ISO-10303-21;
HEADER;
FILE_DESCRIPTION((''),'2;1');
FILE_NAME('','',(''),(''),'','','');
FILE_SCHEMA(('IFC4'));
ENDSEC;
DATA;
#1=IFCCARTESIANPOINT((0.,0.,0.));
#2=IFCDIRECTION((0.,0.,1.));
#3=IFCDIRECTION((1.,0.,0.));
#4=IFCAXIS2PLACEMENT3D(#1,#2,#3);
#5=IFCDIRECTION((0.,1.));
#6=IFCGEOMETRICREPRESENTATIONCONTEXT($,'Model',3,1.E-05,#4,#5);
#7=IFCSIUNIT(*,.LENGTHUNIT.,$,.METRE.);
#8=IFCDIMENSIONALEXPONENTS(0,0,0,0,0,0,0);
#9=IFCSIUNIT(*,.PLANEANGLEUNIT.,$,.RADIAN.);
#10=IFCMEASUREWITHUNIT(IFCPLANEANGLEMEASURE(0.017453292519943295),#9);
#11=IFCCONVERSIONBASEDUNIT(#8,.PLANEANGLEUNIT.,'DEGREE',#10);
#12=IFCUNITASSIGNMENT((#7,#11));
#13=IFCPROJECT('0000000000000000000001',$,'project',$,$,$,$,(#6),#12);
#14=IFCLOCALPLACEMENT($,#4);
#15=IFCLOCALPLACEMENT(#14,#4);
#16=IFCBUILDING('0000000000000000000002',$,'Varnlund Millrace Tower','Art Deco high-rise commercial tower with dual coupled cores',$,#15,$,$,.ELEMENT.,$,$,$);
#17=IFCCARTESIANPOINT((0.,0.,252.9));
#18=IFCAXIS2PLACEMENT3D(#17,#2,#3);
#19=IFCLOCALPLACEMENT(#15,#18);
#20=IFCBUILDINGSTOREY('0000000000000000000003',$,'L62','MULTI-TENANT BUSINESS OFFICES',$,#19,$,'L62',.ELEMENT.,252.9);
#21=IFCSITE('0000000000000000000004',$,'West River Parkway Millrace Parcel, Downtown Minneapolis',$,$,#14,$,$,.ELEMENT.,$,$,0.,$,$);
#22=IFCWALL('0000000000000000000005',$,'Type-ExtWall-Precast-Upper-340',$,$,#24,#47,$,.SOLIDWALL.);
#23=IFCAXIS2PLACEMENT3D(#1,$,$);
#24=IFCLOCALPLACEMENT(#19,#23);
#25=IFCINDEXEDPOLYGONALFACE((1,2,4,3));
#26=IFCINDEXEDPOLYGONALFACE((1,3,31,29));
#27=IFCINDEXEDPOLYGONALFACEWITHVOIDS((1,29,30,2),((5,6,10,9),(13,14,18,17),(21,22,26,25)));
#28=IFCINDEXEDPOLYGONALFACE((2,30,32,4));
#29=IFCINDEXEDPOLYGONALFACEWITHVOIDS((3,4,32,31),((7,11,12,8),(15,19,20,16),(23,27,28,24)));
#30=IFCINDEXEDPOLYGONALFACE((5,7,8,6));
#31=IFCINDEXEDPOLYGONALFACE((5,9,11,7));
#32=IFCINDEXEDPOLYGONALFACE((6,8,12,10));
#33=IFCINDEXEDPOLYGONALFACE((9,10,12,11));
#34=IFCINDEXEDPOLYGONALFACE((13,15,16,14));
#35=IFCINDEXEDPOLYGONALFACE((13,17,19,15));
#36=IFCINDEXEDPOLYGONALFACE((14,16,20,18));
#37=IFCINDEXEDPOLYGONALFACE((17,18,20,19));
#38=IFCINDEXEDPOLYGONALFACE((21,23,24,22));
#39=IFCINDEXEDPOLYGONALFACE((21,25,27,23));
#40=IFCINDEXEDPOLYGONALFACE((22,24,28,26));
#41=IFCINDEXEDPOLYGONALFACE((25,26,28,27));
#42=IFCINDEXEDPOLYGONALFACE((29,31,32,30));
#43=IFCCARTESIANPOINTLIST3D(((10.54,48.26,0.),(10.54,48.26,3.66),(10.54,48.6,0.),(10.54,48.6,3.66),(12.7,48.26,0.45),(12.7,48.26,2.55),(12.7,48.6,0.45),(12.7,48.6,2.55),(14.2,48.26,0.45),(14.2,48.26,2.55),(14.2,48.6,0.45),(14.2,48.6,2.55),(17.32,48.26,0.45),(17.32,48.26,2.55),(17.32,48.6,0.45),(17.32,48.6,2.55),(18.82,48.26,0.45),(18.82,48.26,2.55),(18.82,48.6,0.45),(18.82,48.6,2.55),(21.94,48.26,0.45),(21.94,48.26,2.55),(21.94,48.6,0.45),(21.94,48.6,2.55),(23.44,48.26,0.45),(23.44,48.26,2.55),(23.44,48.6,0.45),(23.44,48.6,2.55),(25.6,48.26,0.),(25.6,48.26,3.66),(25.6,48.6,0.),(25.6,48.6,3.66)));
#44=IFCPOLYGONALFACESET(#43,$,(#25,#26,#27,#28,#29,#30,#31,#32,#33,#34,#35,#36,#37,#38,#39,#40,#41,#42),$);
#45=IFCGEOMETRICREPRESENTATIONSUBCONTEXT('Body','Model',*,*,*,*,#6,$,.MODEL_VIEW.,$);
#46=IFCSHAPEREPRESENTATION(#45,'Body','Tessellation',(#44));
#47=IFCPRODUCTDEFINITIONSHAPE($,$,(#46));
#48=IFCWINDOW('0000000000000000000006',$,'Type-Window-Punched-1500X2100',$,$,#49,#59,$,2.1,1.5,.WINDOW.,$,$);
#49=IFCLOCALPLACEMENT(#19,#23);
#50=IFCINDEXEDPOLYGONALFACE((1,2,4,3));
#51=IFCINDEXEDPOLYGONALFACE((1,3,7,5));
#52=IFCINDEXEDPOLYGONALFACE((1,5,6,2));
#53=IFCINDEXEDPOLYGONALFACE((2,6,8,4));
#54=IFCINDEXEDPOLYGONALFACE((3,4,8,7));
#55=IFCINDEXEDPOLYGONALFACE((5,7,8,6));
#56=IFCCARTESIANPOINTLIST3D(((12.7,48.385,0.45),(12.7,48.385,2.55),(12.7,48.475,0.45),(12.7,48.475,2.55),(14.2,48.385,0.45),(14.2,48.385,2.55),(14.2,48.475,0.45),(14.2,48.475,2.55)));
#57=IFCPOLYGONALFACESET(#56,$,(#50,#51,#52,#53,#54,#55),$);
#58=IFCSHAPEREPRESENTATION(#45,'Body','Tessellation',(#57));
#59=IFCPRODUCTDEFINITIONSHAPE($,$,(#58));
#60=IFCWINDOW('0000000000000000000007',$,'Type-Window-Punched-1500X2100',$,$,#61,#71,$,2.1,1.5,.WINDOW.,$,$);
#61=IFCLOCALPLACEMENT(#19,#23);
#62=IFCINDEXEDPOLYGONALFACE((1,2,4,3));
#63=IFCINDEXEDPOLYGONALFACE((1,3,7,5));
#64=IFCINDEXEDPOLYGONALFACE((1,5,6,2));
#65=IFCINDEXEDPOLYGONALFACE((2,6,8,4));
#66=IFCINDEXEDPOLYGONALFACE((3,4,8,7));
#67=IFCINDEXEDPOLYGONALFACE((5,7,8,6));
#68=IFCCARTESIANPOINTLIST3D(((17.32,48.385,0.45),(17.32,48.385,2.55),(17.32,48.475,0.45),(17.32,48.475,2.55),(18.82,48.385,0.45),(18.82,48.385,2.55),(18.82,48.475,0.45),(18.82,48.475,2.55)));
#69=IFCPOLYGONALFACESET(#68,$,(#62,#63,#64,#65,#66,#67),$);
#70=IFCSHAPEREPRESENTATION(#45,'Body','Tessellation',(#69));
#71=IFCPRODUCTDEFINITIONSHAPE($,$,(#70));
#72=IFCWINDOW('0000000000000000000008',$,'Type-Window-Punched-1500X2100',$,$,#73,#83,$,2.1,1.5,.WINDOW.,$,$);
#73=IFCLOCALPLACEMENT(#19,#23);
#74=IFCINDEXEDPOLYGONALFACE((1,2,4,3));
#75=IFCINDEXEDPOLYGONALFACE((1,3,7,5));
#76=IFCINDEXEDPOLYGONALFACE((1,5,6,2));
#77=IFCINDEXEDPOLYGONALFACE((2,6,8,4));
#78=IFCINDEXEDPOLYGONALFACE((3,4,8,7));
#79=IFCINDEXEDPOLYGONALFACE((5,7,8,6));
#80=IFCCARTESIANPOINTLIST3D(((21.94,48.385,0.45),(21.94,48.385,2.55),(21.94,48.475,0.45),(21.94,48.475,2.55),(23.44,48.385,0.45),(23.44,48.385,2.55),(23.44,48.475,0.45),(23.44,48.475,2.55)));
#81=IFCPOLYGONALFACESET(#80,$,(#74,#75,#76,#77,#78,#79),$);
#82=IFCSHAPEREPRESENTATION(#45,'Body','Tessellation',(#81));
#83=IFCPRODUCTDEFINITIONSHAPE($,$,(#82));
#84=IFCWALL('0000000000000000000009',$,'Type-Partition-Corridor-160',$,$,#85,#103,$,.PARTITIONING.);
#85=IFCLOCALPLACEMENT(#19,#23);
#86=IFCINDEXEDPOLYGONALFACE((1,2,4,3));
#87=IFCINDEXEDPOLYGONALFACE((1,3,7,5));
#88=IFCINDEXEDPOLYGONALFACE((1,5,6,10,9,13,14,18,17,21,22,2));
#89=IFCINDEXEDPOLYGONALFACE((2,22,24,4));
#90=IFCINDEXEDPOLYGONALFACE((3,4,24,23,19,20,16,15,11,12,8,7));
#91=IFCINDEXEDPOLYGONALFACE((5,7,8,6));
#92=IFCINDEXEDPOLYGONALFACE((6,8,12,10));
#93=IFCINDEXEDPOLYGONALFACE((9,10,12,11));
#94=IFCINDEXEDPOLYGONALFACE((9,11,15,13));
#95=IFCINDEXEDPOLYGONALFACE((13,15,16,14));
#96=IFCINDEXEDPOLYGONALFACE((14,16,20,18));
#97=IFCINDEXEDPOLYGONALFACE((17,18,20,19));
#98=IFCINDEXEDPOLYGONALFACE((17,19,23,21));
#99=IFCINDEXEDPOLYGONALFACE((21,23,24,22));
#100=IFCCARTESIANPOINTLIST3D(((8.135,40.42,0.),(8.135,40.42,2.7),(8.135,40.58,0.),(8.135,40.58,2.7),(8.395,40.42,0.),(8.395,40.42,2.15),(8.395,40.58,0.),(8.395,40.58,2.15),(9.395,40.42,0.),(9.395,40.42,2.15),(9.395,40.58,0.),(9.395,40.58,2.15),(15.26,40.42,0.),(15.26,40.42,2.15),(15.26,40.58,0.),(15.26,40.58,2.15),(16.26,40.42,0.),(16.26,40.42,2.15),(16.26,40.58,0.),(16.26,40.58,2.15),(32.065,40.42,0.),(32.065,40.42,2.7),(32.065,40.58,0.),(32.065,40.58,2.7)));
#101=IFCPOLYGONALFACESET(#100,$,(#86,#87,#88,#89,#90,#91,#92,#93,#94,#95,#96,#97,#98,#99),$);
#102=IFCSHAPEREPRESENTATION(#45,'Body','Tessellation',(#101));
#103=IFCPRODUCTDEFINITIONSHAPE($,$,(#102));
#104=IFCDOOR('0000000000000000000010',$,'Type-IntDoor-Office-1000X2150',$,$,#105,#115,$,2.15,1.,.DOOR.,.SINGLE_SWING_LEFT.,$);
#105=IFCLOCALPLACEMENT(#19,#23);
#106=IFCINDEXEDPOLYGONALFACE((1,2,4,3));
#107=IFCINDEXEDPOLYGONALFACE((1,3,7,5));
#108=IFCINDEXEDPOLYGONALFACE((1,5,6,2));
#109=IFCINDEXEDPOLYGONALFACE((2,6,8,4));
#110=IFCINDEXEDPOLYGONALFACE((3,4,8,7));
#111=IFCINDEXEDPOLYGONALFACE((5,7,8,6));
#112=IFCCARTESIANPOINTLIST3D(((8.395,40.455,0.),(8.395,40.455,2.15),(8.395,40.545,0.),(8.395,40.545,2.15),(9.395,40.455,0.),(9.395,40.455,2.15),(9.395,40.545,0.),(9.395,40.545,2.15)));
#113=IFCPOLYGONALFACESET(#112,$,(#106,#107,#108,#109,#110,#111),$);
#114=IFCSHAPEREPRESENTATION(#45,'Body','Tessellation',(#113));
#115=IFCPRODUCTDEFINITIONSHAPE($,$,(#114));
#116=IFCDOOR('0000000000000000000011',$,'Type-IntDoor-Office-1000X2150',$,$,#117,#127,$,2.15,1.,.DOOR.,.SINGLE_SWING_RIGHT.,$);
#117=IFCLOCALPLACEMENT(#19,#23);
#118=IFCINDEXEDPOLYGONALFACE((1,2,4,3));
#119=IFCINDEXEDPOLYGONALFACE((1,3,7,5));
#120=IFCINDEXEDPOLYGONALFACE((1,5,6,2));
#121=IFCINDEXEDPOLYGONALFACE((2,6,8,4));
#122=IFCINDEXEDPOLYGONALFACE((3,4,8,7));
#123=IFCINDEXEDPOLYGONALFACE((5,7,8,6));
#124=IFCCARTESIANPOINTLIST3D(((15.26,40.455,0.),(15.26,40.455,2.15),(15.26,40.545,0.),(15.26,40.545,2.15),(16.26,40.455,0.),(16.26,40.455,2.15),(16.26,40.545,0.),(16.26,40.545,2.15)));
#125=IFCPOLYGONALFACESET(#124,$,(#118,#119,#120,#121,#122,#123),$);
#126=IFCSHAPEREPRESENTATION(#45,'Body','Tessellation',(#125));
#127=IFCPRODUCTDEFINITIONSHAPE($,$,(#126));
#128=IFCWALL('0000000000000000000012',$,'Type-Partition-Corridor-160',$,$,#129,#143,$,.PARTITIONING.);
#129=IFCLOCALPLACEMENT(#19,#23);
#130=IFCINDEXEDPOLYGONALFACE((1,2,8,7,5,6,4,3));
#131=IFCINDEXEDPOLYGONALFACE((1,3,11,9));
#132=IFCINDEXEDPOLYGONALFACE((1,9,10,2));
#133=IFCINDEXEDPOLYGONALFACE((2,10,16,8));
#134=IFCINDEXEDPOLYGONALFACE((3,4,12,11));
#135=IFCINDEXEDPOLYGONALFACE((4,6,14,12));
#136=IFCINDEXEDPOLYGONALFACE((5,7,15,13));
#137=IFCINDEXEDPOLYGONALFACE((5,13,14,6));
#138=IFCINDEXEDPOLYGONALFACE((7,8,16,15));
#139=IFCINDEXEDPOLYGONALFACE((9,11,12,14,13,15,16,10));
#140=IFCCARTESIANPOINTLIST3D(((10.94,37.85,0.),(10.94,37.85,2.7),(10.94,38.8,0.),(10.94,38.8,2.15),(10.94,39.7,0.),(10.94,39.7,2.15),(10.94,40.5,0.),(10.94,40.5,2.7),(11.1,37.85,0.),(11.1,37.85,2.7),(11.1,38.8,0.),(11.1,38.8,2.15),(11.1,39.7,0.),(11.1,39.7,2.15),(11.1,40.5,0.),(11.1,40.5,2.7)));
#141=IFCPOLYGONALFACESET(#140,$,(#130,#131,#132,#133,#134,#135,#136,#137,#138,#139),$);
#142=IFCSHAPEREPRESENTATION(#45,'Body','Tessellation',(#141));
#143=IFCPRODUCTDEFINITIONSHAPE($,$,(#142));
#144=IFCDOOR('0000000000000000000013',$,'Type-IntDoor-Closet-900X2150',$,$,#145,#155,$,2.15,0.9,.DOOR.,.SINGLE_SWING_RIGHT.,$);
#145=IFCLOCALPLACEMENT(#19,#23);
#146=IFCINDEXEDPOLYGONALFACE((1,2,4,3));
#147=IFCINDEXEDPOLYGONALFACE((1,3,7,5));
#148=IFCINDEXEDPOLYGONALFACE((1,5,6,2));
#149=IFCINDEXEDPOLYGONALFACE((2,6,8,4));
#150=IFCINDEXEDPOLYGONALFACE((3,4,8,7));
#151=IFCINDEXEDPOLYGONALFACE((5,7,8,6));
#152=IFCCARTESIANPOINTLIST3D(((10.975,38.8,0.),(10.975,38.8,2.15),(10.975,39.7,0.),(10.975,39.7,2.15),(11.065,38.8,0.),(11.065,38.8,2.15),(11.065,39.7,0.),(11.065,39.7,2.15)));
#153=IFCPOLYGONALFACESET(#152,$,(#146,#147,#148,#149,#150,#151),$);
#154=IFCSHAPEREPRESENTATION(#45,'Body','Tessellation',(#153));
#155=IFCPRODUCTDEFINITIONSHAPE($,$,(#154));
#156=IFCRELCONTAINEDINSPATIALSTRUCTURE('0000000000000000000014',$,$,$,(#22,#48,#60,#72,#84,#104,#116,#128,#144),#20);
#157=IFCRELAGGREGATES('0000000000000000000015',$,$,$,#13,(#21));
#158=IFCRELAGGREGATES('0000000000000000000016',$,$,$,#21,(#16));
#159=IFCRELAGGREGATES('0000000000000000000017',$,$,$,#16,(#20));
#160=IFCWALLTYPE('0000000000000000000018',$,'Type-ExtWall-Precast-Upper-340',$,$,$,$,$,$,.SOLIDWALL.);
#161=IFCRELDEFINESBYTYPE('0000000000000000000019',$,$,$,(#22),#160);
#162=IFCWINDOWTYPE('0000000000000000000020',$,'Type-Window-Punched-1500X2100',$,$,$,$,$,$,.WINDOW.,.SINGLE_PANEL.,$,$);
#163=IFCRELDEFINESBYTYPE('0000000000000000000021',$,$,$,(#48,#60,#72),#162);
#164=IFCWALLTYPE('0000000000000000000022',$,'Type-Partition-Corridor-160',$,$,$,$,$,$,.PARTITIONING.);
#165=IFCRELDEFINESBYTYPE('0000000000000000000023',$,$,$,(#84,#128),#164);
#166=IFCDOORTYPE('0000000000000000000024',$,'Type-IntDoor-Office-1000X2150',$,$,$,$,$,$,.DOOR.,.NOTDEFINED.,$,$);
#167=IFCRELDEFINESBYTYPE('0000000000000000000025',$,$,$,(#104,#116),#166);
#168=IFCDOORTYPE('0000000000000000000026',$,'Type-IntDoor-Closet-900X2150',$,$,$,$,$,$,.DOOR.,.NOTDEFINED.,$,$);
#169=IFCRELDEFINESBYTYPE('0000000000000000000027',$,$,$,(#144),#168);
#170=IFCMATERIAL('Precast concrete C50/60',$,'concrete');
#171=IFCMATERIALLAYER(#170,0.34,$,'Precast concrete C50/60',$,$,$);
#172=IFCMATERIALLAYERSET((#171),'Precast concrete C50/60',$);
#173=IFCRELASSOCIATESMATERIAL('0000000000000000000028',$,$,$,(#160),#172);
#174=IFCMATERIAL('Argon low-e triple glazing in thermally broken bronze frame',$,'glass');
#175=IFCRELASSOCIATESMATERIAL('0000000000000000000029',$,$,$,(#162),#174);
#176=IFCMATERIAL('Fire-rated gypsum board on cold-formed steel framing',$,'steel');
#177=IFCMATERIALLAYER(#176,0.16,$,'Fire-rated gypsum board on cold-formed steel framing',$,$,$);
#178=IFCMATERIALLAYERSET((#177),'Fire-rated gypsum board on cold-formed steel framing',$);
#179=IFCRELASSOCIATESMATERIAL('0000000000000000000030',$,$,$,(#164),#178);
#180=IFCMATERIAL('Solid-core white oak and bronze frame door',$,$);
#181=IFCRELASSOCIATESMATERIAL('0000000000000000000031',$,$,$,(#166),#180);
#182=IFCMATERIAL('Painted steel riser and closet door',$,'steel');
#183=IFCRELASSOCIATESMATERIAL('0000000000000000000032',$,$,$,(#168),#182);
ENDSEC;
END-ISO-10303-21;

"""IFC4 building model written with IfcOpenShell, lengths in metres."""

from ifc_helpers import new_model, entity, si_unit, converted_unit, direction, frame, origin_with_axes, origin_2d_with_axis, place, context, subcontext, project, spatial, polyline, rectangle, outline, extrude, material, layer, layer_set, type_object, element, fill, save


model = new_model("IFC4")

# Units and contexts
model_context = context("Model", 3, precision=1e-05, world=origin_with_axes(), true_north=direction((0.0, 1.0)))
body_context = subcontext(model_context, "Body", "Model", "MODEL_VIEW")
ifc_project = project(units=[si_unit("LENGTHUNIT", "METRE"), converted_unit("PLANEANGLEUNIT", "DEGREE", entity("IfcPlaneAngleMeasure", 0.017453292519943295), si_unit("PLANEANGLEUNIT", "RADIAN"), dimensions=[0, 0, 0, 0, 0, 0, 0])], contexts=[model_context])

# Site, building, storey
site_placement = place(None, origin_with_axes())
site = spatial("IfcSite", under=ifc_project, at=site_placement, Name="West River Parkway Millrace Parcel, Downtown Minneapolis", CompositionType="ELEMENT", RefElevation=0.0)
building_placement = place(site_placement, origin_with_axes())
building = spatial("IfcBuilding", under=site, at=building_placement, Name="Varnlund Millrace Tower", Description="Art Deco high-rise commercial tower with dual coupled cores", CompositionType="ELEMENT")
storey_placement = place(building_placement, frame((0.0, 0.0, 252.9), z_axis=(0.0, 0.0, 1.0), x_axis=(1.0, 0.0, 0.0)))
storey = spatial("IfcBuildingStorey", under=building, at=storey_placement, Name="L62", Description="MULTI-TENANT BUSINESS OFFICES", LongName="L62", CompositionType="ELEMENT", Elevation=252.9)

# Shared definitions
ifc_material_1 = material(Name="Precast concrete C50/60", Category="concrete")
ifc_layer_1 = layer(ifc_material_1, 0.34, Name="Precast concrete C50/60")
ifc_layer_set_1 = layer_set([ifc_layer_1], Name="Precast concrete C50/60")
wall_type_1 = type_object("IfcWallType", Name="Type-ExtWall-Precast-Upper-340", PredefinedType="SOLIDWALL", material=ifc_layer_set_1)

# Wall, openings, windows
wall_1_placement = place(storey_placement, frame((10.54, 48.43, 0.0), z_axis=(0.0, 0.0, 1.0), x_axis=(1.0, 0.0, 0.0)))
wall_1 = element("IfcWall", 1, at=wall_1_placement, inside=storey, type_object=wall_type_1, Name="Type-ExtWall-Precast-Upper-340", PredefinedType="SOLIDWALL", context=body_context, shape_type="SweptSolid", body=[
    extrude(outline(polyline([(0.0, -0.17), (15.06, -0.17), (15.06, 0.17), (0.0, 0.17), (0.0, -0.17)])), origin_with_axes(), (0.0, 0.0, 1.0), 3.66),
])
opening_1_placement = place(wall_1_placement, frame((2.91, 0.0, 0.45), z_axis=(0.0, 0.0, 1.0), x_axis=(1.0, 0.0, 0.0)))
opening_1 = element("IfcOpeningElement", 2, at=opening_1_placement, cuts=wall_1, PredefinedType="OPENING", context=body_context, shape_type="SweptSolid", body=[
    extrude(rectangle(XDim=1.5, YDim=0.36, at=origin_2d_with_axis()), origin_with_axes(), (0.0, 0.0, 1.0), 2.1),
])
opening_2_placement = place(wall_1_placement, frame((7.53, 0.0, 0.45), z_axis=(0.0, 0.0, 1.0), x_axis=(1.0, 0.0, 0.0)))
opening_2 = element("IfcOpeningElement", 3, at=opening_2_placement, cuts=wall_1, PredefinedType="OPENING", context=body_context, shape_type="SweptSolid", body=[
    extrude(rectangle(XDim=1.5, YDim=0.36, at=origin_2d_with_axis()), origin_with_axes(), (0.0, 0.0, 1.0), 2.1),
])
opening_3_placement = place(wall_1_placement, frame((12.15, 0.0, 0.45), z_axis=(0.0, 0.0, 1.0), x_axis=(1.0, 0.0, 0.0)))
opening_3 = element("IfcOpeningElement", 4, at=opening_3_placement, cuts=wall_1, PredefinedType="OPENING", context=body_context, shape_type="SweptSolid", body=[
    extrude(rectangle(XDim=1.5, YDim=0.36, at=origin_2d_with_axis()), origin_with_axes(), (0.0, 0.0, 1.0), 2.1),
])
ifc_material_2 = material(Name="Argon low-e triple glazing in thermally broken bronze frame", Category="glass")
window_type = type_object("IfcWindowType", Name="Type-Window-Punched-1500X2100", PartitioningType="SINGLE_PANEL", PredefinedType="WINDOW", material=ifc_material_2)
window_1_placement = place(wall_1_placement, frame((2.91, 0.0, 0.45), z_axis=(0.0, 0.0, 1.0), x_axis=(1.0, 0.0, 0.0)))
window_1 = element("IfcWindow", 5, at=window_1_placement, inside=storey, type_object=window_type, Name="Type-Window-Punched-1500X2100", OverallHeight=2.1, OverallWidth=1.5, PredefinedType="WINDOW", context=body_context, shape_type="SweptSolid", body=[
    extrude(rectangle(XDim=1.5, YDim=0.09, at=origin_2d_with_axis()), origin_with_axes(), (0.0, 0.0, 1.0), 2.1),
])
fill(opening_1, window_1)
window_2_placement = place(wall_1_placement, frame((7.53, 0.0, 0.45), z_axis=(0.0, 0.0, 1.0), x_axis=(1.0, 0.0, 0.0)))
window_2 = element("IfcWindow", 6, at=window_2_placement, inside=storey, type_object=window_type, Name="Type-Window-Punched-1500X2100", OverallHeight=2.1, OverallWidth=1.5, PredefinedType="WINDOW", context=body_context, shape_type="SweptSolid", body=[
    extrude(rectangle(XDim=1.5, YDim=0.09, at=origin_2d_with_axis()), origin_with_axes(), (0.0, 0.0, 1.0), 2.1),
])
fill(opening_2, window_2)
window_3_placement = place(wall_1_placement, frame((12.15, 0.0, 0.45), z_axis=(0.0, 0.0, 1.0), x_axis=(1.0, 0.0, 0.0)))
window_3 = element("IfcWindow", 7, at=window_3_placement, inside=storey, type_object=window_type, Name="Type-Window-Punched-1500X2100", OverallHeight=2.1, OverallWidth=1.5, PredefinedType="WINDOW", context=body_context, shape_type="SweptSolid", body=[
    extrude(rectangle(XDim=1.5, YDim=0.09, at=origin_2d_with_axis()), origin_with_axes(), (0.0, 0.0, 1.0), 2.1),
])
fill(opening_3, window_3)

# Wall, openings, doors
ifc_material_3 = material(Name="Fire-rated gypsum board on cold-formed steel framing", Category="steel")
ifc_layer_2 = layer(ifc_material_3, 0.16, Name="Fire-rated gypsum board on cold-formed steel framing")
ifc_layer_set_2 = layer_set([ifc_layer_2], Name="Fire-rated gypsum board on cold-formed steel framing")
wall_type_2 = type_object("IfcWallType", Name="Type-Partition-Corridor-160", PredefinedType="PARTITIONING", material=ifc_layer_set_2)
wall_2_placement = place(storey_placement, frame((8.135, 40.5, 0.0), z_axis=(0.0, 0.0, 1.0), x_axis=(1.0, 0.0, 0.0)))
wall_2 = element("IfcWall", 8, at=wall_2_placement, inside=storey, type_object=wall_type_2, Name="Type-Partition-Corridor-160", PredefinedType="PARTITIONING", context=body_context, shape_type="SweptSolid", body=[
    extrude(outline(polyline([(0.0, -0.08), (23.93, -0.08), (23.93, 0.08), (0.0, 0.08), (0.0, -0.08)])), origin_with_axes(), (0.0, 0.0, 1.0), 2.7),
])
opening_4_placement = place(wall_2_placement, frame((0.76, 0.0, 0.0), z_axis=(0.0, 0.0, 1.0), x_axis=(1.0, 0.0, 0.0)))
opening_4 = element("IfcOpeningElement", 9, at=opening_4_placement, cuts=wall_2, PredefinedType="OPENING", context=body_context, shape_type="SweptSolid", body=[
    extrude(rectangle(XDim=1.0, YDim=0.18, at=origin_2d_with_axis()), origin_with_axes(), (0.0, 0.0, 1.0), 2.15),
])
opening_5_placement = place(wall_2_placement, frame((7.625, 0.0, 0.0), z_axis=(0.0, 0.0, 1.0), x_axis=(1.0, 0.0, 0.0)))
opening_5 = element("IfcOpeningElement", 10, at=opening_5_placement, cuts=wall_2, PredefinedType="OPENING", context=body_context, shape_type="SweptSolid", body=[
    extrude(rectangle(XDim=1.0, YDim=0.18, at=origin_2d_with_axis()), origin_with_axes(), (0.0, 0.0, 1.0), 2.15),
])
ifc_material_4 = material(Name="Solid-core white oak and bronze frame door")
door_type_1 = type_object("IfcDoorType", Name="Type-IntDoor-Office-1000X2150", OperationType="NOTDEFINED", PredefinedType="DOOR", material=ifc_material_4)
door_1_placement = place(wall_2_placement, frame((0.76, 0.0, 0.0), z_axis=(0.0, 0.0, 1.0), x_axis=(1.0, 0.0, 0.0)))
door_1 = element("IfcDoor", 11, at=door_1_placement, inside=storey, type_object=door_type_1, Name="Type-IntDoor-Office-1000X2150", OperationType="SINGLE_SWING_LEFT", OverallHeight=2.15, OverallWidth=1.0, PredefinedType="DOOR", context=body_context, shape_type="SweptSolid", body=[
    extrude(rectangle(XDim=1.0, YDim=0.09, at=origin_2d_with_axis()), origin_with_axes(), (0.0, 0.0, 1.0), 2.15),
])
fill(opening_4, door_1)
door_2_placement = place(wall_2_placement, frame((7.625, 0.0, 0.0), z_axis=(0.0, 0.0, 1.0), x_axis=(1.0, 0.0, 0.0)))
door_2 = element("IfcDoor", 12, at=door_2_placement, inside=storey, type_object=door_type_1, Name="Type-IntDoor-Office-1000X2150", OperationType="SINGLE_SWING_RIGHT", OverallHeight=2.15, OverallWidth=1.0, PredefinedType="DOOR", context=body_context, shape_type="SweptSolid", body=[
    extrude(rectangle(XDim=1.0, YDim=0.09, at=origin_2d_with_axis()), origin_with_axes(), (0.0, 0.0, 1.0), 2.15),
])
fill(opening_5, door_2)

# Wall, opening, door
wall_3_placement = place(storey_placement, frame((11.02, 37.85, 0.0), z_axis=(0.0, 0.0, 1.0), x_axis=(0.0, 1.0, 0.0)))
wall_3 = element("IfcWall", 13, at=wall_3_placement, inside=storey, type_object=wall_type_2, Name="Type-Partition-Corridor-160", PredefinedType="PARTITIONING", context=body_context, shape_type="SweptSolid", body=[
    extrude(outline(polyline([(0.0, -0.08), (2.65, -0.08), (2.65, 0.08), (0.0, 0.08), (0.0, -0.08)])), origin_with_axes(), (0.0, 0.0, 1.0), 2.7),
])
opening_6_placement = place(wall_3_placement, frame((1.4, 0.0, 0.0), z_axis=(0.0, 0.0, 1.0), x_axis=(1.0, 0.0, 0.0)))
opening_6 = element("IfcOpeningElement", 14, at=opening_6_placement, cuts=wall_3, PredefinedType="OPENING", context=body_context, shape_type="SweptSolid", body=[
    extrude(rectangle(XDim=0.9, YDim=0.18, at=origin_2d_with_axis()), origin_with_axes(), (0.0, 0.0, 1.0), 2.15),
])
ifc_material_5 = material(Name="Painted steel riser and closet door", Category="steel")
door_type_2 = type_object("IfcDoorType", Name="Type-IntDoor-Closet-900X2150", OperationType="NOTDEFINED", PredefinedType="DOOR", material=ifc_material_5)
door_3_placement = place(wall_3_placement, frame((1.4, 0.0, 0.0), z_axis=(0.0, 0.0, 1.0), x_axis=(1.0, 0.0, 0.0)))
door_3 = element("IfcDoor", 15, at=door_3_placement, inside=storey, type_object=door_type_2, Name="Type-IntDoor-Closet-900X2150", OperationType="SINGLE_SWING_RIGHT", OverallHeight=2.15, OverallWidth=0.9, PredefinedType="DOOR", context=body_context, shape_type="SweptSolid", body=[
    extrude(rectangle(XDim=0.9, YDim=0.09, at=origin_2d_with_axis()), origin_with_axes(), (0.0, 0.0, 1.0), 2.15),
])
fill(opening_6, door_3)

save(model, "model.ifc")
